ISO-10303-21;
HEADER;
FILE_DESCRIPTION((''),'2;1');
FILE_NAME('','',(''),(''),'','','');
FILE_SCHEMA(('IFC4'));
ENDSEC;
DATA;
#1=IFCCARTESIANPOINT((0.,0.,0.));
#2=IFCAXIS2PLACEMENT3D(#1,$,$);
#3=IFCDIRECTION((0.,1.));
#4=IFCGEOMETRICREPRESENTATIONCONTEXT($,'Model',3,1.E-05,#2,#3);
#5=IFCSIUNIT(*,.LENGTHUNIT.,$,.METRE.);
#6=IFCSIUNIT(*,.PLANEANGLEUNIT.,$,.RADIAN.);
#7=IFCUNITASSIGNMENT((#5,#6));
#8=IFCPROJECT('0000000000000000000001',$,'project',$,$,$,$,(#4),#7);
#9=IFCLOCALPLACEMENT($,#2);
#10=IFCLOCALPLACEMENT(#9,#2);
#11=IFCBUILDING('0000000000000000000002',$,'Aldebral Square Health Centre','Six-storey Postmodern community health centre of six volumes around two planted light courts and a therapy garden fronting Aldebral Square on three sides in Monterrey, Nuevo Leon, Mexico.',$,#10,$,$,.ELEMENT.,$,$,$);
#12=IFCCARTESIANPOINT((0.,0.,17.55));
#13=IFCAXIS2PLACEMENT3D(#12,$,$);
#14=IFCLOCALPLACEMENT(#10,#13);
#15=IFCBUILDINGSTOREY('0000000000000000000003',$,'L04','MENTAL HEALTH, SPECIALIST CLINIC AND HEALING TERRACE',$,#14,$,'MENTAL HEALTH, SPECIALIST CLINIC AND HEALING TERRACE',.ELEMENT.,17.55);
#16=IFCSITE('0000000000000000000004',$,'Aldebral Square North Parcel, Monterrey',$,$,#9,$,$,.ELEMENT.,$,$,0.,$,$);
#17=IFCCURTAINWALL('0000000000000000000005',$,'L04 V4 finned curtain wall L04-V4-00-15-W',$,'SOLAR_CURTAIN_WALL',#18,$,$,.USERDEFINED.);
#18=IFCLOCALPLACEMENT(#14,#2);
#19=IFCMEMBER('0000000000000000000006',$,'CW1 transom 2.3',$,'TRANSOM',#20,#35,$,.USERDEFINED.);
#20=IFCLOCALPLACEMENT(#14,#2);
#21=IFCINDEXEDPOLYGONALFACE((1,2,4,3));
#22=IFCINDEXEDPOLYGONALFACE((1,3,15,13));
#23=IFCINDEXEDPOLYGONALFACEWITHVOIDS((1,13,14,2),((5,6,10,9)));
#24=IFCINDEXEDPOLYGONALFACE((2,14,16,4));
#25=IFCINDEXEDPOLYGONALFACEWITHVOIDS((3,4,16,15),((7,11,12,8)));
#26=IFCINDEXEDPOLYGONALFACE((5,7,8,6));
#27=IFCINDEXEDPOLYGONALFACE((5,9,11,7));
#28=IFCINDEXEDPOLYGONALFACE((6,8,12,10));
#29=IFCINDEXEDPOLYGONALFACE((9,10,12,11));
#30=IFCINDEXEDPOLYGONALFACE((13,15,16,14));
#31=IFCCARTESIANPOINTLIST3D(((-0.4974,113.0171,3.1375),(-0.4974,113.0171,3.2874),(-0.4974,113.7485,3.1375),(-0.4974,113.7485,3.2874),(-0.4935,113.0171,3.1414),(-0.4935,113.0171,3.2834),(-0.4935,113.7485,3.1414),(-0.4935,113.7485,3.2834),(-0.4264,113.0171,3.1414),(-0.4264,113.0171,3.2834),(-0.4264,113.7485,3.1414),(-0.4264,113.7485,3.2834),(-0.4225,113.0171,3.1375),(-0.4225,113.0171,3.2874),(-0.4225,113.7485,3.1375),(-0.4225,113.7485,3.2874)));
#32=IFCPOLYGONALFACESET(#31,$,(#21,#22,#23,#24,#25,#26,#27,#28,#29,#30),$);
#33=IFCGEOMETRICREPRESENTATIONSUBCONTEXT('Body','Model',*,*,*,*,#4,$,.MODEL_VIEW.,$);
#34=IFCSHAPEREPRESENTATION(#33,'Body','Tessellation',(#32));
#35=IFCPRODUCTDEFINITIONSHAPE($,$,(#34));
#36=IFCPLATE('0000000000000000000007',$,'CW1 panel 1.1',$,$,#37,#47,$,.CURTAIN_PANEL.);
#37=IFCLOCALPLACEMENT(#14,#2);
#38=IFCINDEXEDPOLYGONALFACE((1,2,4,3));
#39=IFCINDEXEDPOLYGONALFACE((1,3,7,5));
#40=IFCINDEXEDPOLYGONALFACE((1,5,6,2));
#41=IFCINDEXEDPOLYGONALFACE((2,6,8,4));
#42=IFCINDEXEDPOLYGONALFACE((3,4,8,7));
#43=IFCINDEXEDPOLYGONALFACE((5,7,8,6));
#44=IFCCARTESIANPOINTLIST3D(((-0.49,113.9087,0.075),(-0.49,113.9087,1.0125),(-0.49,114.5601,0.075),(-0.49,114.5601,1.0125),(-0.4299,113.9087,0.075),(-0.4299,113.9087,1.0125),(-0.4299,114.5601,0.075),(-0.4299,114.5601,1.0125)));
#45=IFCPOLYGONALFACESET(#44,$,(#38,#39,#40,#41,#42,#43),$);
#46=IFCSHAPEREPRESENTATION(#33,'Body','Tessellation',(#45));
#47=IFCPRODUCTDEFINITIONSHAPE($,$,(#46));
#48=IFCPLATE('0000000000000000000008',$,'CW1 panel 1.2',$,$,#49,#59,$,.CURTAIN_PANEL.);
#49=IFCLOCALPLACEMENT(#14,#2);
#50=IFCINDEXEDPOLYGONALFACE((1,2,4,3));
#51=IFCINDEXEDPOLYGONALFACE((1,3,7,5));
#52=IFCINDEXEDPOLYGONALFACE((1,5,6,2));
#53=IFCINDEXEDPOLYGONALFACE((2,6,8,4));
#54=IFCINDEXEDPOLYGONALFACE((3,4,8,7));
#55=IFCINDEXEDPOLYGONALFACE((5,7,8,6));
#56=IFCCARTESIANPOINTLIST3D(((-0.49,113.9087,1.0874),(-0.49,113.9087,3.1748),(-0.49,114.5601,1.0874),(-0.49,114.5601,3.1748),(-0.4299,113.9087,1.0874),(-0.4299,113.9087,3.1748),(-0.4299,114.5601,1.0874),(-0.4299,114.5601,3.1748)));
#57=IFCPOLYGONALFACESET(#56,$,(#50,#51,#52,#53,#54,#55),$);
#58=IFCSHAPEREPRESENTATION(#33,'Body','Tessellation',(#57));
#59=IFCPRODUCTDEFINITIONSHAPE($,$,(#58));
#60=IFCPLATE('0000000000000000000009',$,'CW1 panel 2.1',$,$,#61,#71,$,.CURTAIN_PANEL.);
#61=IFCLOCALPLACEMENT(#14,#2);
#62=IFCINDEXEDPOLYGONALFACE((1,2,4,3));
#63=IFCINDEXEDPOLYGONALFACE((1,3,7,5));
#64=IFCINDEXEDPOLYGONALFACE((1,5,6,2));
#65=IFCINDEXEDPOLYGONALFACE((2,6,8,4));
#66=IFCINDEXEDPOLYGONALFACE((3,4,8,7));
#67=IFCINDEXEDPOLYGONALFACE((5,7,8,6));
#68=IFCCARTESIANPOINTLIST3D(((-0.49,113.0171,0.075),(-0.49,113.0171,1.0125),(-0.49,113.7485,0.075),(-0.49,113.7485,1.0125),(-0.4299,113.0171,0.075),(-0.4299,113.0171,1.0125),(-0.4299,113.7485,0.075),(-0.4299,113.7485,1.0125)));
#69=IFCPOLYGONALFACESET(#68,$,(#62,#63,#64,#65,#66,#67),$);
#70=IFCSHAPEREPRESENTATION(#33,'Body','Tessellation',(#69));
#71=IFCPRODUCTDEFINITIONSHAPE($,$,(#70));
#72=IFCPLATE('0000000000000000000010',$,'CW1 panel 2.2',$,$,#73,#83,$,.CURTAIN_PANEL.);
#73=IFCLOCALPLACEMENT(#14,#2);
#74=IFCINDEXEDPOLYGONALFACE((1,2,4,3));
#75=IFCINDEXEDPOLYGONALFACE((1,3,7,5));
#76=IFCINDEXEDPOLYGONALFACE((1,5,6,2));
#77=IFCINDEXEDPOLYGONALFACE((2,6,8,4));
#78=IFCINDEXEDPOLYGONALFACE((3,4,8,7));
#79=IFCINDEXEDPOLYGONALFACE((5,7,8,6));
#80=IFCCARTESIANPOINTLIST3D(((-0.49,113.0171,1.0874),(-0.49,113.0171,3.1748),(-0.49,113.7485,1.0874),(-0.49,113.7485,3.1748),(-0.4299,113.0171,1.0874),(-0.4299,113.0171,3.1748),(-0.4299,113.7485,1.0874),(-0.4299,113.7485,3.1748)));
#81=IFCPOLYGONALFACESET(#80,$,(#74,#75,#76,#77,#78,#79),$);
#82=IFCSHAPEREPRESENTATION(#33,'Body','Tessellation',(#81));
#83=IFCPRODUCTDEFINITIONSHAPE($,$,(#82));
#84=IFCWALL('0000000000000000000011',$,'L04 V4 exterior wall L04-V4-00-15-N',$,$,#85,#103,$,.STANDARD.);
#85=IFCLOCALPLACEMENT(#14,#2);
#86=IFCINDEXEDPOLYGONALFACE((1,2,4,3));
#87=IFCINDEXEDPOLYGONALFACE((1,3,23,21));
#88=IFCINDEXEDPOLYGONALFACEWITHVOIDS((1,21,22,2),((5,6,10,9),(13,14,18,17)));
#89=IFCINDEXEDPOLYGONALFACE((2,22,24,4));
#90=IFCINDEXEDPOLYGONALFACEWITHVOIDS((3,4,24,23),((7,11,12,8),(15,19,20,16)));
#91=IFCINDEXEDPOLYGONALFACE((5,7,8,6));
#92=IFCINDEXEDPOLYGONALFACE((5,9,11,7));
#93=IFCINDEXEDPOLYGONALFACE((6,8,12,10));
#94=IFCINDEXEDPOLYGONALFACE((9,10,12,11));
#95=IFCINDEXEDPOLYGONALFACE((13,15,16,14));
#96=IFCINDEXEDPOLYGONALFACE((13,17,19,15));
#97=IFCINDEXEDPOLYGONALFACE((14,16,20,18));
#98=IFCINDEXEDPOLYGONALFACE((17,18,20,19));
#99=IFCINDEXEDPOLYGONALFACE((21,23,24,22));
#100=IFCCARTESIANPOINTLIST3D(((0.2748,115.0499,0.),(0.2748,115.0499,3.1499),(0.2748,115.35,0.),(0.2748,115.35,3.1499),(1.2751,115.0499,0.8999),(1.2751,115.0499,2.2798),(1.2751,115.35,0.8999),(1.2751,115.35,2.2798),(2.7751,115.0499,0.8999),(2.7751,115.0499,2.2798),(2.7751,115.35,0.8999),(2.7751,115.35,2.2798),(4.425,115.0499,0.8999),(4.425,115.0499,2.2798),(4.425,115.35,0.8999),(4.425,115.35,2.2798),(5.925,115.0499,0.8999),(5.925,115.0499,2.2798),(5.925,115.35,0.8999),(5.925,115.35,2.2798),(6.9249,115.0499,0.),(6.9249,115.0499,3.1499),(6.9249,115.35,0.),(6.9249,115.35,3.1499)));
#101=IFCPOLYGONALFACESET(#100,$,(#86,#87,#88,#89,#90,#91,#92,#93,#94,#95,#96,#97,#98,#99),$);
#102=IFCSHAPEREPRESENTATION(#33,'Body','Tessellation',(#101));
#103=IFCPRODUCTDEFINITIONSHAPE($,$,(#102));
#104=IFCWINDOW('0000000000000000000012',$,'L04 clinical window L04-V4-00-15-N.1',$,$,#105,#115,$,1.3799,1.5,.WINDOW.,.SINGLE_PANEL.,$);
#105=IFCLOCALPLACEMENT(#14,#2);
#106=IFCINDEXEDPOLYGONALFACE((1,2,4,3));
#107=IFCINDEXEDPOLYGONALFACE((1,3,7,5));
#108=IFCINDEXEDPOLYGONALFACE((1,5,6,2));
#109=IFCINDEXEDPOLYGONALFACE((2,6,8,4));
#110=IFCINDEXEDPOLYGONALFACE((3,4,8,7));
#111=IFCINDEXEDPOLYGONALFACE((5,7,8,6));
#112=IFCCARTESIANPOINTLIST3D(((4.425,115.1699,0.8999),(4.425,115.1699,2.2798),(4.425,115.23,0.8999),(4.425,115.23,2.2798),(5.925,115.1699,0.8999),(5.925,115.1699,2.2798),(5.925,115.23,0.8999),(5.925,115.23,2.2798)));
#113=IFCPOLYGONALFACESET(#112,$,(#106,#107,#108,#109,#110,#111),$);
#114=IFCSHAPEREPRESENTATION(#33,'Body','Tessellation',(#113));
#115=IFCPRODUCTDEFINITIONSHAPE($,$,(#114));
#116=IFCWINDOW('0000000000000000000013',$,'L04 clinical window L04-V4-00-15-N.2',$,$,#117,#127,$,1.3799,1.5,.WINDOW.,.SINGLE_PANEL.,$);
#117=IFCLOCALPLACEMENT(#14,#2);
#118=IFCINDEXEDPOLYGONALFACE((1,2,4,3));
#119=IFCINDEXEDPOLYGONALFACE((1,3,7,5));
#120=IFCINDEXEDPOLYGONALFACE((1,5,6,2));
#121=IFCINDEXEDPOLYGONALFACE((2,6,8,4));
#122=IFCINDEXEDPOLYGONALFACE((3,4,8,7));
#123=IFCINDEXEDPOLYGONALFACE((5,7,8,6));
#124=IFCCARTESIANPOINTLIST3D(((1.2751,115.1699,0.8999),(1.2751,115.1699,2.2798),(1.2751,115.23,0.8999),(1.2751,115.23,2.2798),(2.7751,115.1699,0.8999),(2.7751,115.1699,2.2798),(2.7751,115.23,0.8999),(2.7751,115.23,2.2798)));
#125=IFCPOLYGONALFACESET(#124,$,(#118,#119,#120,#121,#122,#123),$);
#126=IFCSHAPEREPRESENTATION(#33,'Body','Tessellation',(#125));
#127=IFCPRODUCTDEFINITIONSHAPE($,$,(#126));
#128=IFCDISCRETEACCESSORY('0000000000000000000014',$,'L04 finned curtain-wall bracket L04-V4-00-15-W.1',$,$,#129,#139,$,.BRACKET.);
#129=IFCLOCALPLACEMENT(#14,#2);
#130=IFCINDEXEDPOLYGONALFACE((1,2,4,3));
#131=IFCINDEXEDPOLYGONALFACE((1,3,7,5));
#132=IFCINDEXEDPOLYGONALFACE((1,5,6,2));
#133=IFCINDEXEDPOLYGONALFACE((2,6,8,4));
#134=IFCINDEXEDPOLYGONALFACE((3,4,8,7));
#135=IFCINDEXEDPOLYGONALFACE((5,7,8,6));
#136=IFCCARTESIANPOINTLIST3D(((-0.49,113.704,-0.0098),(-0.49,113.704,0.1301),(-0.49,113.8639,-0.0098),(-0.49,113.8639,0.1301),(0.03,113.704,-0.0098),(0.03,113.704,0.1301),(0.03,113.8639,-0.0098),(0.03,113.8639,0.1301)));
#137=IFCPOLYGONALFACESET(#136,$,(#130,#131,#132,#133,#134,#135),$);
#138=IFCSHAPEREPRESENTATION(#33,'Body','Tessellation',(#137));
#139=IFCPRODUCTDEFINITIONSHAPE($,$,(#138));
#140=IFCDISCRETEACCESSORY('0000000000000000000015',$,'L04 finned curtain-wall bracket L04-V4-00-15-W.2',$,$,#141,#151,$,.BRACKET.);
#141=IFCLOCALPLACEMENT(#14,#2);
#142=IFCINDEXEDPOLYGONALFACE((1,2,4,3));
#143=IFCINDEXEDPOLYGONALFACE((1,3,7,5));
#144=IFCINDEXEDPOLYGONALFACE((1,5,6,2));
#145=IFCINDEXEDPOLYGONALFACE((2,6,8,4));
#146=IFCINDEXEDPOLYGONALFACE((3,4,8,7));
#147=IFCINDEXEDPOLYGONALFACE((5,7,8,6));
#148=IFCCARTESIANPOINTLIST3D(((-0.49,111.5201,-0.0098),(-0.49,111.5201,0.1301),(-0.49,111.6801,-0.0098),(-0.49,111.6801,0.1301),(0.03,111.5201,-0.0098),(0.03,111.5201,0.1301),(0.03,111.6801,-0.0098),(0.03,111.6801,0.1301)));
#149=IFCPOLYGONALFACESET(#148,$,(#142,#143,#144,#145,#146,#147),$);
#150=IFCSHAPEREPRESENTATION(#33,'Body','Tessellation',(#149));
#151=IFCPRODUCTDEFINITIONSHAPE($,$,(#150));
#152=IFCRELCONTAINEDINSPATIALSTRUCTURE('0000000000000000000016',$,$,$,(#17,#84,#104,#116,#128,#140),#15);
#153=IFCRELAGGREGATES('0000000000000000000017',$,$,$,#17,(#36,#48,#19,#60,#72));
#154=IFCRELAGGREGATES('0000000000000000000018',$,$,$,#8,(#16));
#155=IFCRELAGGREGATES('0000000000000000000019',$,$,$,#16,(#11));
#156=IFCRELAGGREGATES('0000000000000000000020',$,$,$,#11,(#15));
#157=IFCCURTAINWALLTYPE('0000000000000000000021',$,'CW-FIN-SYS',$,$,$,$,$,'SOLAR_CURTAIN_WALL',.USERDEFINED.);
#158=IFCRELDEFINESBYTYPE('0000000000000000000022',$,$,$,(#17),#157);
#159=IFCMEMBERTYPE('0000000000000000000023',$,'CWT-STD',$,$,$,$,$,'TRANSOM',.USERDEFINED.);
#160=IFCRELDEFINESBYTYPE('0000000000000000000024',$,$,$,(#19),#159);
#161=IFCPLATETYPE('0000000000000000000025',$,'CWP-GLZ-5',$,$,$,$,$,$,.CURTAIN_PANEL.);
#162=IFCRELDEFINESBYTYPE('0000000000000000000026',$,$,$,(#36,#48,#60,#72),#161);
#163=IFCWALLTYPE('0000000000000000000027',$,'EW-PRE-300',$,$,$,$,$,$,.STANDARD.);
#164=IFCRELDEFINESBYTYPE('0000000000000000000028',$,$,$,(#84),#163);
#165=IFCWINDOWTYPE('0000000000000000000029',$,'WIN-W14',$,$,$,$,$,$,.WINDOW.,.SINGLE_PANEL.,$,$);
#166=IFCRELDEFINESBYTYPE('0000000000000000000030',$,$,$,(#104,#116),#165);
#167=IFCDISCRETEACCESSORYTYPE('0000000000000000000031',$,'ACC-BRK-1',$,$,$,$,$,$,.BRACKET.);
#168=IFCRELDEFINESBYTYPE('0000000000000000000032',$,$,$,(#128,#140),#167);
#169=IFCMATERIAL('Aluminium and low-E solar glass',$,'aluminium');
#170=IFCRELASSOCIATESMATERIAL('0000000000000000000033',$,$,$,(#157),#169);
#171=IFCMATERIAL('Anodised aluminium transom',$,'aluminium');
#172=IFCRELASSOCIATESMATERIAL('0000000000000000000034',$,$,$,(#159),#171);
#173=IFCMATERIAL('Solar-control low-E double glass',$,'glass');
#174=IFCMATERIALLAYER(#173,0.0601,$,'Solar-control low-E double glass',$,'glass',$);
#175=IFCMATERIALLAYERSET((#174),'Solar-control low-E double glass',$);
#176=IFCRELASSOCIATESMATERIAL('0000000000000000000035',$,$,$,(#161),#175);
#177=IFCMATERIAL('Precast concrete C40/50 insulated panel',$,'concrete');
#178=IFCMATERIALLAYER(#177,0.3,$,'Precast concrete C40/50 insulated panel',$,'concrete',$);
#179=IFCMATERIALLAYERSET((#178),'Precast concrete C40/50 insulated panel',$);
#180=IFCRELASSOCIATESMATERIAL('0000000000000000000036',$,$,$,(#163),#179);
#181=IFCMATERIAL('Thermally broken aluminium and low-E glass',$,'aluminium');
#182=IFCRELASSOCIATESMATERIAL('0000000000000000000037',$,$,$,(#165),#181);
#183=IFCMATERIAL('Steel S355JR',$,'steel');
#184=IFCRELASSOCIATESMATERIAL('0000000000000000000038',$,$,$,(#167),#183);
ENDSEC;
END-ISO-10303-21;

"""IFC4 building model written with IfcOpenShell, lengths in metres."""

from ifc_helpers import new_model, si_unit, direction, frame, frame_2d, origin, origin_2d, place, context, subcontext, project, spatial, rectangle, hollow_rectangle, extrude, material, layer, layer_set, material_profile, profile_set, type_object, element, fill, aggregate, save


model = new_model("IFC4")

# Units and contexts
model_context = context("Model", 3, precision=1e-05, world=origin(), true_north=direction((0.0, 1.0)))
body_context = subcontext(model_context, "Body", "Model", "MODEL_VIEW")
ifc_project = project(units=[si_unit("LENGTHUNIT", "METRE"), si_unit("PLANEANGLEUNIT", "RADIAN")], contexts=[model_context])

# Site, building, storey
site_placement = place(None, origin())
site = spatial("IfcSite", under=ifc_project, at=site_placement, Name="Aldebral Square North Parcel, Monterrey", CompositionType="ELEMENT", RefElevation=0.0)
building_placement = place(site_placement, origin())
building = spatial("IfcBuilding", under=site, at=building_placement, Name="Aldebral Square Health Centre", Description="Six-storey Postmodern community health centre of six volumes around two planted light courts and a therapy garden fronting Aldebral Square on three sides in Monterrey, Nuevo Leon, Mexico.", CompositionType="ELEMENT")
storey_placement = place(building_placement, frame((0.0, 0.0, 17.55)))
storey = spatial("IfcBuildingStorey", under=building, at=storey_placement, Name="L04", Description="MENTAL HEALTH, SPECIALIST CLINIC AND HEALING TERRACE", LongName="MENTAL HEALTH, SPECIALIST CLINIC AND HEALING TERRACE", CompositionType="ELEMENT", Elevation=17.55)

# Curtain wall, member, plates
ifc_material_1 = material(Name="Aluminium and low-E solar glass", Category="aluminium")
curtain_wall_type = type_object("IfcCurtainWallType", Name="CW-FIN-SYS", ElementType="SOLAR_CURTAIN_WALL", PredefinedType="USERDEFINED", material=ifc_material_1)
curtain_wall_placement = place(storey_placement, origin())
curtain_wall = element("IfcCurtainWall", 1, at=curtain_wall_placement, inside=storey, type_object=curtain_wall_type, Name="L04 V4 finned curtain wall L04-V4-00-15-W", ObjectType="SOLAR_CURTAIN_WALL", PredefinedType="USERDEFINED")
ifc_material_2 = material(Name="Anodised aluminium transom", Category="aluminium")
ifc_material_profile_1 = material_profile(ifc_material_2, hollow_rectangle(XDim=0.075, YDim=0.1499, WallThickness=0.0039, at=origin_2d()), Name="CWT 75x150x4")
ifc_profile_set_1 = profile_set([ifc_material_profile_1], Name="Anodised aluminium transom")
member_type_1 = type_object("IfcMemberType", Name="CWT-STD", ElementType="TRANSOM", PredefinedType="USERDEFINED", material=ifc_profile_set_1)
member_1_placement = place(storey_placement, frame((-0.46, 113.7485, 3.2124), z_axis=(0.0, -1.0, 0.0), x_axis=(1.0, 0.0, 0.0)))
member_1 = element("IfcMember", 2, at=member_1_placement, type_object=member_type_1, Name="CW1 transom 2.3", ObjectType="TRANSOM", PredefinedType="USERDEFINED", context=body_context, shape_type="SweptSolid", body=[
    extrude(hollow_rectangle(XDim=0.075, YDim=0.1499, WallThickness=0.0039, at=origin_2d()), origin(), (0.0, 0.0, 1.0), 0.7314),
])
ifc_material_3 = material(Name="Solar-control low-E double glass", Category="glass")
ifc_layer_1 = layer(ifc_material_3, 0.0601, Name="Solar-control low-E double glass", Category="glass")
ifc_layer_set_1 = layer_set([ifc_layer_1], Name="Solar-control low-E double glass")
plate_type = type_object("IfcPlateType", Name="CWP-GLZ-5", PredefinedType="CURTAIN_PANEL", material=ifc_layer_set_1)
plate_1_placement = place(storey_placement, frame((-0.46, 114.2344, 0.075), z_axis=(0.0, 0.0, 1.0), x_axis=(0.0, -1.0, 0.0)))
plate_1 = element("IfcPlate", 3, at=plate_1_placement, type_object=plate_type, Name="CW1 panel 1.1", PredefinedType="CURTAIN_PANEL", context=body_context, shape_type="SweptSolid", body=[
    extrude(rectangle(XDim=0.6514, YDim=0.0601, at=origin_2d()), origin(), (0.0, 0.0, 1.0), 0.9375),
])
plate_2_placement = place(storey_placement, frame((-0.46, 114.2344, 1.0874), z_axis=(0.0, 0.0, 1.0), x_axis=(0.0, -1.0, 0.0)))
plate_2 = element("IfcPlate", 4, at=plate_2_placement, type_object=plate_type, Name="CW1 panel 1.2", PredefinedType="CURTAIN_PANEL", context=body_context, shape_type="SweptSolid", body=[
    extrude(rectangle(XDim=0.6514, YDim=0.0601, at=origin_2d()), origin(), (0.0, 0.0, 1.0), 2.0874),
])
plate_3_placement = place(storey_placement, frame((-0.46, 113.3828, 0.075), z_axis=(0.0, 0.0, 1.0), x_axis=(0.0, -1.0, 0.0)))
plate_3 = element("IfcPlate", 5, at=plate_3_placement, type_object=plate_type, Name="CW1 panel 2.1", PredefinedType="CURTAIN_PANEL", context=body_context, shape_type="SweptSolid", body=[
    extrude(rectangle(XDim=0.7314, YDim=0.0601, at=origin_2d()), origin(), (0.0, 0.0, 1.0), 0.9375),
])
plate_4_placement = place(storey_placement, frame((-0.46, 113.3828, 1.0874), z_axis=(0.0, 0.0, 1.0), x_axis=(0.0, -1.0, 0.0)))
plate_4 = element("IfcPlate", 6, at=plate_4_placement, type_object=plate_type, Name="CW1 panel 2.2", PredefinedType="CURTAIN_PANEL", context=body_context, shape_type="SweptSolid", body=[
    extrude(rectangle(XDim=0.7314, YDim=0.0601, at=origin_2d()), origin(), (0.0, 0.0, 1.0), 2.0874),
])
aggregate(curtain_wall, [plate_1, plate_2, member_1, plate_3, plate_4])

# Wall, openings, windows
ifc_material_4 = material(Name="Precast concrete C40/50 insulated panel", Category="concrete")
ifc_layer_2 = layer(ifc_material_4, 0.3, Name="Precast concrete C40/50 insulated panel", Category="concrete")
ifc_layer_set_2 = layer_set([ifc_layer_2], Name="Precast concrete C40/50 insulated panel")
wall_type_1 = type_object("IfcWallType", Name="EW-PRE-300", PredefinedType="STANDARD", material=ifc_layer_set_2)
wall_1_placement = place(storey_placement, frame((6.925, 115.2, 0.0), z_axis=(0.0, 0.0, 1.0), x_axis=(-1.0, 0.0, 0.0)))
wall_1 = element("IfcWall", 7, at=wall_1_placement, inside=storey, type_object=wall_type_1, Name="L04 V4 exterior wall L04-V4-00-15-N", PredefinedType="STANDARD", context=body_context, shape_type="SweptSolid", body=[
    extrude(rectangle(XDim=6.6501, YDim=0.3, at=frame_2d((3.3252, 0.0))), origin(), (0.0, 0.0, 1.0), 3.1499),
])
opening_1_placement = place(wall_1_placement, frame((1.0, 0.0, 0.8999)))
opening_1 = element("IfcOpeningElement", 8, at=opening_1_placement, cuts=wall_1, PredefinedType="OPENING", context=body_context, shape_type="SweptSolid", body=[
    extrude(rectangle(XDim=1.5, YDim=1.3799, at=frame_2d((0.75, 0.6899))), frame((0.0, 0.1602, 0.0), z_axis=(0.0, -1.0, 0.0), x_axis=(1.0, 0.0, 0.0)), (0.0, 0.0, 1.0), 0.3201),
])
opening_2_placement = place(wall_1_placement, frame((4.1499, 0.0, 0.8999)))
opening_2 = element("IfcOpeningElement", 9, at=opening_2_placement, cuts=wall_1, PredefinedType="OPENING", context=body_context, shape_type="SweptSolid", body=[
    extrude(rectangle(XDim=1.5, YDim=1.3799, at=frame_2d((0.75, 0.6899))), frame((0.0, 0.1602, 0.0), z_axis=(0.0, -1.0, 0.0), x_axis=(1.0, 0.0, 0.0)), (0.0, 0.0, 1.0), 0.3201),
])
ifc_material_5 = material(Name="Thermally broken aluminium and low-E glass", Category="aluminium")
window_type = type_object("IfcWindowType", Name="WIN-W14", PartitioningType="SINGLE_PANEL", PredefinedType="WINDOW", material=ifc_material_5)
window_1_placement = place(opening_1_placement, origin())
window_1 = element("IfcWindow", 10, at=window_1_placement, inside=storey, type_object=window_type, Name="L04 clinical window L04-V4-00-15-N.1", OverallHeight=1.3799, OverallWidth=1.5, PartitioningType="SINGLE_PANEL", PredefinedType="WINDOW", context=body_context, shape_type="SweptSolid", body=[
    extrude(rectangle(XDim=1.5, YDim=1.3799, at=frame_2d((0.75, 0.6899))), frame((0.0, 0.03, 0.0), z_axis=(0.0, -1.0, 0.0), x_axis=(1.0, 0.0, 0.0)), (0.0, 0.0, 1.0), 0.0601),
])
fill(opening_1, window_1)
window_2_placement = place(opening_2_placement, origin())
window_2 = element("IfcWindow", 11, at=window_2_placement, inside=storey, type_object=window_type, Name="L04 clinical window L04-V4-00-15-N.2", OverallHeight=1.3799, OverallWidth=1.5, PartitioningType="SINGLE_PANEL", PredefinedType="WINDOW", context=body_context, shape_type="SweptSolid", body=[
    extrude(rectangle(XDim=1.5, YDim=1.3799, at=frame_2d((0.75, 0.6899))), frame((0.0, 0.03, 0.0), z_axis=(0.0, -1.0, 0.0), x_axis=(1.0, 0.0, 0.0)), (0.0, 0.0, 1.0), 0.0601),
])
fill(opening_2, window_2)

# Discrete accessories
ifc_material_6 = material(Name="Steel S355JR", Category="steel")
discrete_accessory_type = type_object("IfcDiscreteAccessoryType", Name="ACC-BRK-1", PredefinedType="BRACKET", material=ifc_material_6)
for number, where, z_axis, x_axis, name in (
    (12, (-0.23, 113.7839, -0.0098), (0.0, 0.0, 1.0), (0.0, 1.0, 0.0), "L04 finned curtain-wall bracket L04-V4-00-15-W.1"),
    (13, (-0.23, 111.6001, -0.0098), (0.0, 0.0, 1.0), (0.0, 1.0, 0.0), "L04 finned curtain-wall bracket L04-V4-00-15-W.2"),
):
    element("IfcDiscreteAccessory", number, at=place(storey_placement, frame(where, z_axis=z_axis, x_axis=x_axis)), inside=storey, type_object=discrete_accessory_type, Name=name, PredefinedType="BRACKET", context=body_context, shape_type="SweptSolid", body=[
        extrude(rectangle(XDim=0.1599, YDim=0.52, at=origin_2d()), origin(), (0.0, 0.0, 1.0), 0.1399),
    ])

save(model, "model.ifc")
